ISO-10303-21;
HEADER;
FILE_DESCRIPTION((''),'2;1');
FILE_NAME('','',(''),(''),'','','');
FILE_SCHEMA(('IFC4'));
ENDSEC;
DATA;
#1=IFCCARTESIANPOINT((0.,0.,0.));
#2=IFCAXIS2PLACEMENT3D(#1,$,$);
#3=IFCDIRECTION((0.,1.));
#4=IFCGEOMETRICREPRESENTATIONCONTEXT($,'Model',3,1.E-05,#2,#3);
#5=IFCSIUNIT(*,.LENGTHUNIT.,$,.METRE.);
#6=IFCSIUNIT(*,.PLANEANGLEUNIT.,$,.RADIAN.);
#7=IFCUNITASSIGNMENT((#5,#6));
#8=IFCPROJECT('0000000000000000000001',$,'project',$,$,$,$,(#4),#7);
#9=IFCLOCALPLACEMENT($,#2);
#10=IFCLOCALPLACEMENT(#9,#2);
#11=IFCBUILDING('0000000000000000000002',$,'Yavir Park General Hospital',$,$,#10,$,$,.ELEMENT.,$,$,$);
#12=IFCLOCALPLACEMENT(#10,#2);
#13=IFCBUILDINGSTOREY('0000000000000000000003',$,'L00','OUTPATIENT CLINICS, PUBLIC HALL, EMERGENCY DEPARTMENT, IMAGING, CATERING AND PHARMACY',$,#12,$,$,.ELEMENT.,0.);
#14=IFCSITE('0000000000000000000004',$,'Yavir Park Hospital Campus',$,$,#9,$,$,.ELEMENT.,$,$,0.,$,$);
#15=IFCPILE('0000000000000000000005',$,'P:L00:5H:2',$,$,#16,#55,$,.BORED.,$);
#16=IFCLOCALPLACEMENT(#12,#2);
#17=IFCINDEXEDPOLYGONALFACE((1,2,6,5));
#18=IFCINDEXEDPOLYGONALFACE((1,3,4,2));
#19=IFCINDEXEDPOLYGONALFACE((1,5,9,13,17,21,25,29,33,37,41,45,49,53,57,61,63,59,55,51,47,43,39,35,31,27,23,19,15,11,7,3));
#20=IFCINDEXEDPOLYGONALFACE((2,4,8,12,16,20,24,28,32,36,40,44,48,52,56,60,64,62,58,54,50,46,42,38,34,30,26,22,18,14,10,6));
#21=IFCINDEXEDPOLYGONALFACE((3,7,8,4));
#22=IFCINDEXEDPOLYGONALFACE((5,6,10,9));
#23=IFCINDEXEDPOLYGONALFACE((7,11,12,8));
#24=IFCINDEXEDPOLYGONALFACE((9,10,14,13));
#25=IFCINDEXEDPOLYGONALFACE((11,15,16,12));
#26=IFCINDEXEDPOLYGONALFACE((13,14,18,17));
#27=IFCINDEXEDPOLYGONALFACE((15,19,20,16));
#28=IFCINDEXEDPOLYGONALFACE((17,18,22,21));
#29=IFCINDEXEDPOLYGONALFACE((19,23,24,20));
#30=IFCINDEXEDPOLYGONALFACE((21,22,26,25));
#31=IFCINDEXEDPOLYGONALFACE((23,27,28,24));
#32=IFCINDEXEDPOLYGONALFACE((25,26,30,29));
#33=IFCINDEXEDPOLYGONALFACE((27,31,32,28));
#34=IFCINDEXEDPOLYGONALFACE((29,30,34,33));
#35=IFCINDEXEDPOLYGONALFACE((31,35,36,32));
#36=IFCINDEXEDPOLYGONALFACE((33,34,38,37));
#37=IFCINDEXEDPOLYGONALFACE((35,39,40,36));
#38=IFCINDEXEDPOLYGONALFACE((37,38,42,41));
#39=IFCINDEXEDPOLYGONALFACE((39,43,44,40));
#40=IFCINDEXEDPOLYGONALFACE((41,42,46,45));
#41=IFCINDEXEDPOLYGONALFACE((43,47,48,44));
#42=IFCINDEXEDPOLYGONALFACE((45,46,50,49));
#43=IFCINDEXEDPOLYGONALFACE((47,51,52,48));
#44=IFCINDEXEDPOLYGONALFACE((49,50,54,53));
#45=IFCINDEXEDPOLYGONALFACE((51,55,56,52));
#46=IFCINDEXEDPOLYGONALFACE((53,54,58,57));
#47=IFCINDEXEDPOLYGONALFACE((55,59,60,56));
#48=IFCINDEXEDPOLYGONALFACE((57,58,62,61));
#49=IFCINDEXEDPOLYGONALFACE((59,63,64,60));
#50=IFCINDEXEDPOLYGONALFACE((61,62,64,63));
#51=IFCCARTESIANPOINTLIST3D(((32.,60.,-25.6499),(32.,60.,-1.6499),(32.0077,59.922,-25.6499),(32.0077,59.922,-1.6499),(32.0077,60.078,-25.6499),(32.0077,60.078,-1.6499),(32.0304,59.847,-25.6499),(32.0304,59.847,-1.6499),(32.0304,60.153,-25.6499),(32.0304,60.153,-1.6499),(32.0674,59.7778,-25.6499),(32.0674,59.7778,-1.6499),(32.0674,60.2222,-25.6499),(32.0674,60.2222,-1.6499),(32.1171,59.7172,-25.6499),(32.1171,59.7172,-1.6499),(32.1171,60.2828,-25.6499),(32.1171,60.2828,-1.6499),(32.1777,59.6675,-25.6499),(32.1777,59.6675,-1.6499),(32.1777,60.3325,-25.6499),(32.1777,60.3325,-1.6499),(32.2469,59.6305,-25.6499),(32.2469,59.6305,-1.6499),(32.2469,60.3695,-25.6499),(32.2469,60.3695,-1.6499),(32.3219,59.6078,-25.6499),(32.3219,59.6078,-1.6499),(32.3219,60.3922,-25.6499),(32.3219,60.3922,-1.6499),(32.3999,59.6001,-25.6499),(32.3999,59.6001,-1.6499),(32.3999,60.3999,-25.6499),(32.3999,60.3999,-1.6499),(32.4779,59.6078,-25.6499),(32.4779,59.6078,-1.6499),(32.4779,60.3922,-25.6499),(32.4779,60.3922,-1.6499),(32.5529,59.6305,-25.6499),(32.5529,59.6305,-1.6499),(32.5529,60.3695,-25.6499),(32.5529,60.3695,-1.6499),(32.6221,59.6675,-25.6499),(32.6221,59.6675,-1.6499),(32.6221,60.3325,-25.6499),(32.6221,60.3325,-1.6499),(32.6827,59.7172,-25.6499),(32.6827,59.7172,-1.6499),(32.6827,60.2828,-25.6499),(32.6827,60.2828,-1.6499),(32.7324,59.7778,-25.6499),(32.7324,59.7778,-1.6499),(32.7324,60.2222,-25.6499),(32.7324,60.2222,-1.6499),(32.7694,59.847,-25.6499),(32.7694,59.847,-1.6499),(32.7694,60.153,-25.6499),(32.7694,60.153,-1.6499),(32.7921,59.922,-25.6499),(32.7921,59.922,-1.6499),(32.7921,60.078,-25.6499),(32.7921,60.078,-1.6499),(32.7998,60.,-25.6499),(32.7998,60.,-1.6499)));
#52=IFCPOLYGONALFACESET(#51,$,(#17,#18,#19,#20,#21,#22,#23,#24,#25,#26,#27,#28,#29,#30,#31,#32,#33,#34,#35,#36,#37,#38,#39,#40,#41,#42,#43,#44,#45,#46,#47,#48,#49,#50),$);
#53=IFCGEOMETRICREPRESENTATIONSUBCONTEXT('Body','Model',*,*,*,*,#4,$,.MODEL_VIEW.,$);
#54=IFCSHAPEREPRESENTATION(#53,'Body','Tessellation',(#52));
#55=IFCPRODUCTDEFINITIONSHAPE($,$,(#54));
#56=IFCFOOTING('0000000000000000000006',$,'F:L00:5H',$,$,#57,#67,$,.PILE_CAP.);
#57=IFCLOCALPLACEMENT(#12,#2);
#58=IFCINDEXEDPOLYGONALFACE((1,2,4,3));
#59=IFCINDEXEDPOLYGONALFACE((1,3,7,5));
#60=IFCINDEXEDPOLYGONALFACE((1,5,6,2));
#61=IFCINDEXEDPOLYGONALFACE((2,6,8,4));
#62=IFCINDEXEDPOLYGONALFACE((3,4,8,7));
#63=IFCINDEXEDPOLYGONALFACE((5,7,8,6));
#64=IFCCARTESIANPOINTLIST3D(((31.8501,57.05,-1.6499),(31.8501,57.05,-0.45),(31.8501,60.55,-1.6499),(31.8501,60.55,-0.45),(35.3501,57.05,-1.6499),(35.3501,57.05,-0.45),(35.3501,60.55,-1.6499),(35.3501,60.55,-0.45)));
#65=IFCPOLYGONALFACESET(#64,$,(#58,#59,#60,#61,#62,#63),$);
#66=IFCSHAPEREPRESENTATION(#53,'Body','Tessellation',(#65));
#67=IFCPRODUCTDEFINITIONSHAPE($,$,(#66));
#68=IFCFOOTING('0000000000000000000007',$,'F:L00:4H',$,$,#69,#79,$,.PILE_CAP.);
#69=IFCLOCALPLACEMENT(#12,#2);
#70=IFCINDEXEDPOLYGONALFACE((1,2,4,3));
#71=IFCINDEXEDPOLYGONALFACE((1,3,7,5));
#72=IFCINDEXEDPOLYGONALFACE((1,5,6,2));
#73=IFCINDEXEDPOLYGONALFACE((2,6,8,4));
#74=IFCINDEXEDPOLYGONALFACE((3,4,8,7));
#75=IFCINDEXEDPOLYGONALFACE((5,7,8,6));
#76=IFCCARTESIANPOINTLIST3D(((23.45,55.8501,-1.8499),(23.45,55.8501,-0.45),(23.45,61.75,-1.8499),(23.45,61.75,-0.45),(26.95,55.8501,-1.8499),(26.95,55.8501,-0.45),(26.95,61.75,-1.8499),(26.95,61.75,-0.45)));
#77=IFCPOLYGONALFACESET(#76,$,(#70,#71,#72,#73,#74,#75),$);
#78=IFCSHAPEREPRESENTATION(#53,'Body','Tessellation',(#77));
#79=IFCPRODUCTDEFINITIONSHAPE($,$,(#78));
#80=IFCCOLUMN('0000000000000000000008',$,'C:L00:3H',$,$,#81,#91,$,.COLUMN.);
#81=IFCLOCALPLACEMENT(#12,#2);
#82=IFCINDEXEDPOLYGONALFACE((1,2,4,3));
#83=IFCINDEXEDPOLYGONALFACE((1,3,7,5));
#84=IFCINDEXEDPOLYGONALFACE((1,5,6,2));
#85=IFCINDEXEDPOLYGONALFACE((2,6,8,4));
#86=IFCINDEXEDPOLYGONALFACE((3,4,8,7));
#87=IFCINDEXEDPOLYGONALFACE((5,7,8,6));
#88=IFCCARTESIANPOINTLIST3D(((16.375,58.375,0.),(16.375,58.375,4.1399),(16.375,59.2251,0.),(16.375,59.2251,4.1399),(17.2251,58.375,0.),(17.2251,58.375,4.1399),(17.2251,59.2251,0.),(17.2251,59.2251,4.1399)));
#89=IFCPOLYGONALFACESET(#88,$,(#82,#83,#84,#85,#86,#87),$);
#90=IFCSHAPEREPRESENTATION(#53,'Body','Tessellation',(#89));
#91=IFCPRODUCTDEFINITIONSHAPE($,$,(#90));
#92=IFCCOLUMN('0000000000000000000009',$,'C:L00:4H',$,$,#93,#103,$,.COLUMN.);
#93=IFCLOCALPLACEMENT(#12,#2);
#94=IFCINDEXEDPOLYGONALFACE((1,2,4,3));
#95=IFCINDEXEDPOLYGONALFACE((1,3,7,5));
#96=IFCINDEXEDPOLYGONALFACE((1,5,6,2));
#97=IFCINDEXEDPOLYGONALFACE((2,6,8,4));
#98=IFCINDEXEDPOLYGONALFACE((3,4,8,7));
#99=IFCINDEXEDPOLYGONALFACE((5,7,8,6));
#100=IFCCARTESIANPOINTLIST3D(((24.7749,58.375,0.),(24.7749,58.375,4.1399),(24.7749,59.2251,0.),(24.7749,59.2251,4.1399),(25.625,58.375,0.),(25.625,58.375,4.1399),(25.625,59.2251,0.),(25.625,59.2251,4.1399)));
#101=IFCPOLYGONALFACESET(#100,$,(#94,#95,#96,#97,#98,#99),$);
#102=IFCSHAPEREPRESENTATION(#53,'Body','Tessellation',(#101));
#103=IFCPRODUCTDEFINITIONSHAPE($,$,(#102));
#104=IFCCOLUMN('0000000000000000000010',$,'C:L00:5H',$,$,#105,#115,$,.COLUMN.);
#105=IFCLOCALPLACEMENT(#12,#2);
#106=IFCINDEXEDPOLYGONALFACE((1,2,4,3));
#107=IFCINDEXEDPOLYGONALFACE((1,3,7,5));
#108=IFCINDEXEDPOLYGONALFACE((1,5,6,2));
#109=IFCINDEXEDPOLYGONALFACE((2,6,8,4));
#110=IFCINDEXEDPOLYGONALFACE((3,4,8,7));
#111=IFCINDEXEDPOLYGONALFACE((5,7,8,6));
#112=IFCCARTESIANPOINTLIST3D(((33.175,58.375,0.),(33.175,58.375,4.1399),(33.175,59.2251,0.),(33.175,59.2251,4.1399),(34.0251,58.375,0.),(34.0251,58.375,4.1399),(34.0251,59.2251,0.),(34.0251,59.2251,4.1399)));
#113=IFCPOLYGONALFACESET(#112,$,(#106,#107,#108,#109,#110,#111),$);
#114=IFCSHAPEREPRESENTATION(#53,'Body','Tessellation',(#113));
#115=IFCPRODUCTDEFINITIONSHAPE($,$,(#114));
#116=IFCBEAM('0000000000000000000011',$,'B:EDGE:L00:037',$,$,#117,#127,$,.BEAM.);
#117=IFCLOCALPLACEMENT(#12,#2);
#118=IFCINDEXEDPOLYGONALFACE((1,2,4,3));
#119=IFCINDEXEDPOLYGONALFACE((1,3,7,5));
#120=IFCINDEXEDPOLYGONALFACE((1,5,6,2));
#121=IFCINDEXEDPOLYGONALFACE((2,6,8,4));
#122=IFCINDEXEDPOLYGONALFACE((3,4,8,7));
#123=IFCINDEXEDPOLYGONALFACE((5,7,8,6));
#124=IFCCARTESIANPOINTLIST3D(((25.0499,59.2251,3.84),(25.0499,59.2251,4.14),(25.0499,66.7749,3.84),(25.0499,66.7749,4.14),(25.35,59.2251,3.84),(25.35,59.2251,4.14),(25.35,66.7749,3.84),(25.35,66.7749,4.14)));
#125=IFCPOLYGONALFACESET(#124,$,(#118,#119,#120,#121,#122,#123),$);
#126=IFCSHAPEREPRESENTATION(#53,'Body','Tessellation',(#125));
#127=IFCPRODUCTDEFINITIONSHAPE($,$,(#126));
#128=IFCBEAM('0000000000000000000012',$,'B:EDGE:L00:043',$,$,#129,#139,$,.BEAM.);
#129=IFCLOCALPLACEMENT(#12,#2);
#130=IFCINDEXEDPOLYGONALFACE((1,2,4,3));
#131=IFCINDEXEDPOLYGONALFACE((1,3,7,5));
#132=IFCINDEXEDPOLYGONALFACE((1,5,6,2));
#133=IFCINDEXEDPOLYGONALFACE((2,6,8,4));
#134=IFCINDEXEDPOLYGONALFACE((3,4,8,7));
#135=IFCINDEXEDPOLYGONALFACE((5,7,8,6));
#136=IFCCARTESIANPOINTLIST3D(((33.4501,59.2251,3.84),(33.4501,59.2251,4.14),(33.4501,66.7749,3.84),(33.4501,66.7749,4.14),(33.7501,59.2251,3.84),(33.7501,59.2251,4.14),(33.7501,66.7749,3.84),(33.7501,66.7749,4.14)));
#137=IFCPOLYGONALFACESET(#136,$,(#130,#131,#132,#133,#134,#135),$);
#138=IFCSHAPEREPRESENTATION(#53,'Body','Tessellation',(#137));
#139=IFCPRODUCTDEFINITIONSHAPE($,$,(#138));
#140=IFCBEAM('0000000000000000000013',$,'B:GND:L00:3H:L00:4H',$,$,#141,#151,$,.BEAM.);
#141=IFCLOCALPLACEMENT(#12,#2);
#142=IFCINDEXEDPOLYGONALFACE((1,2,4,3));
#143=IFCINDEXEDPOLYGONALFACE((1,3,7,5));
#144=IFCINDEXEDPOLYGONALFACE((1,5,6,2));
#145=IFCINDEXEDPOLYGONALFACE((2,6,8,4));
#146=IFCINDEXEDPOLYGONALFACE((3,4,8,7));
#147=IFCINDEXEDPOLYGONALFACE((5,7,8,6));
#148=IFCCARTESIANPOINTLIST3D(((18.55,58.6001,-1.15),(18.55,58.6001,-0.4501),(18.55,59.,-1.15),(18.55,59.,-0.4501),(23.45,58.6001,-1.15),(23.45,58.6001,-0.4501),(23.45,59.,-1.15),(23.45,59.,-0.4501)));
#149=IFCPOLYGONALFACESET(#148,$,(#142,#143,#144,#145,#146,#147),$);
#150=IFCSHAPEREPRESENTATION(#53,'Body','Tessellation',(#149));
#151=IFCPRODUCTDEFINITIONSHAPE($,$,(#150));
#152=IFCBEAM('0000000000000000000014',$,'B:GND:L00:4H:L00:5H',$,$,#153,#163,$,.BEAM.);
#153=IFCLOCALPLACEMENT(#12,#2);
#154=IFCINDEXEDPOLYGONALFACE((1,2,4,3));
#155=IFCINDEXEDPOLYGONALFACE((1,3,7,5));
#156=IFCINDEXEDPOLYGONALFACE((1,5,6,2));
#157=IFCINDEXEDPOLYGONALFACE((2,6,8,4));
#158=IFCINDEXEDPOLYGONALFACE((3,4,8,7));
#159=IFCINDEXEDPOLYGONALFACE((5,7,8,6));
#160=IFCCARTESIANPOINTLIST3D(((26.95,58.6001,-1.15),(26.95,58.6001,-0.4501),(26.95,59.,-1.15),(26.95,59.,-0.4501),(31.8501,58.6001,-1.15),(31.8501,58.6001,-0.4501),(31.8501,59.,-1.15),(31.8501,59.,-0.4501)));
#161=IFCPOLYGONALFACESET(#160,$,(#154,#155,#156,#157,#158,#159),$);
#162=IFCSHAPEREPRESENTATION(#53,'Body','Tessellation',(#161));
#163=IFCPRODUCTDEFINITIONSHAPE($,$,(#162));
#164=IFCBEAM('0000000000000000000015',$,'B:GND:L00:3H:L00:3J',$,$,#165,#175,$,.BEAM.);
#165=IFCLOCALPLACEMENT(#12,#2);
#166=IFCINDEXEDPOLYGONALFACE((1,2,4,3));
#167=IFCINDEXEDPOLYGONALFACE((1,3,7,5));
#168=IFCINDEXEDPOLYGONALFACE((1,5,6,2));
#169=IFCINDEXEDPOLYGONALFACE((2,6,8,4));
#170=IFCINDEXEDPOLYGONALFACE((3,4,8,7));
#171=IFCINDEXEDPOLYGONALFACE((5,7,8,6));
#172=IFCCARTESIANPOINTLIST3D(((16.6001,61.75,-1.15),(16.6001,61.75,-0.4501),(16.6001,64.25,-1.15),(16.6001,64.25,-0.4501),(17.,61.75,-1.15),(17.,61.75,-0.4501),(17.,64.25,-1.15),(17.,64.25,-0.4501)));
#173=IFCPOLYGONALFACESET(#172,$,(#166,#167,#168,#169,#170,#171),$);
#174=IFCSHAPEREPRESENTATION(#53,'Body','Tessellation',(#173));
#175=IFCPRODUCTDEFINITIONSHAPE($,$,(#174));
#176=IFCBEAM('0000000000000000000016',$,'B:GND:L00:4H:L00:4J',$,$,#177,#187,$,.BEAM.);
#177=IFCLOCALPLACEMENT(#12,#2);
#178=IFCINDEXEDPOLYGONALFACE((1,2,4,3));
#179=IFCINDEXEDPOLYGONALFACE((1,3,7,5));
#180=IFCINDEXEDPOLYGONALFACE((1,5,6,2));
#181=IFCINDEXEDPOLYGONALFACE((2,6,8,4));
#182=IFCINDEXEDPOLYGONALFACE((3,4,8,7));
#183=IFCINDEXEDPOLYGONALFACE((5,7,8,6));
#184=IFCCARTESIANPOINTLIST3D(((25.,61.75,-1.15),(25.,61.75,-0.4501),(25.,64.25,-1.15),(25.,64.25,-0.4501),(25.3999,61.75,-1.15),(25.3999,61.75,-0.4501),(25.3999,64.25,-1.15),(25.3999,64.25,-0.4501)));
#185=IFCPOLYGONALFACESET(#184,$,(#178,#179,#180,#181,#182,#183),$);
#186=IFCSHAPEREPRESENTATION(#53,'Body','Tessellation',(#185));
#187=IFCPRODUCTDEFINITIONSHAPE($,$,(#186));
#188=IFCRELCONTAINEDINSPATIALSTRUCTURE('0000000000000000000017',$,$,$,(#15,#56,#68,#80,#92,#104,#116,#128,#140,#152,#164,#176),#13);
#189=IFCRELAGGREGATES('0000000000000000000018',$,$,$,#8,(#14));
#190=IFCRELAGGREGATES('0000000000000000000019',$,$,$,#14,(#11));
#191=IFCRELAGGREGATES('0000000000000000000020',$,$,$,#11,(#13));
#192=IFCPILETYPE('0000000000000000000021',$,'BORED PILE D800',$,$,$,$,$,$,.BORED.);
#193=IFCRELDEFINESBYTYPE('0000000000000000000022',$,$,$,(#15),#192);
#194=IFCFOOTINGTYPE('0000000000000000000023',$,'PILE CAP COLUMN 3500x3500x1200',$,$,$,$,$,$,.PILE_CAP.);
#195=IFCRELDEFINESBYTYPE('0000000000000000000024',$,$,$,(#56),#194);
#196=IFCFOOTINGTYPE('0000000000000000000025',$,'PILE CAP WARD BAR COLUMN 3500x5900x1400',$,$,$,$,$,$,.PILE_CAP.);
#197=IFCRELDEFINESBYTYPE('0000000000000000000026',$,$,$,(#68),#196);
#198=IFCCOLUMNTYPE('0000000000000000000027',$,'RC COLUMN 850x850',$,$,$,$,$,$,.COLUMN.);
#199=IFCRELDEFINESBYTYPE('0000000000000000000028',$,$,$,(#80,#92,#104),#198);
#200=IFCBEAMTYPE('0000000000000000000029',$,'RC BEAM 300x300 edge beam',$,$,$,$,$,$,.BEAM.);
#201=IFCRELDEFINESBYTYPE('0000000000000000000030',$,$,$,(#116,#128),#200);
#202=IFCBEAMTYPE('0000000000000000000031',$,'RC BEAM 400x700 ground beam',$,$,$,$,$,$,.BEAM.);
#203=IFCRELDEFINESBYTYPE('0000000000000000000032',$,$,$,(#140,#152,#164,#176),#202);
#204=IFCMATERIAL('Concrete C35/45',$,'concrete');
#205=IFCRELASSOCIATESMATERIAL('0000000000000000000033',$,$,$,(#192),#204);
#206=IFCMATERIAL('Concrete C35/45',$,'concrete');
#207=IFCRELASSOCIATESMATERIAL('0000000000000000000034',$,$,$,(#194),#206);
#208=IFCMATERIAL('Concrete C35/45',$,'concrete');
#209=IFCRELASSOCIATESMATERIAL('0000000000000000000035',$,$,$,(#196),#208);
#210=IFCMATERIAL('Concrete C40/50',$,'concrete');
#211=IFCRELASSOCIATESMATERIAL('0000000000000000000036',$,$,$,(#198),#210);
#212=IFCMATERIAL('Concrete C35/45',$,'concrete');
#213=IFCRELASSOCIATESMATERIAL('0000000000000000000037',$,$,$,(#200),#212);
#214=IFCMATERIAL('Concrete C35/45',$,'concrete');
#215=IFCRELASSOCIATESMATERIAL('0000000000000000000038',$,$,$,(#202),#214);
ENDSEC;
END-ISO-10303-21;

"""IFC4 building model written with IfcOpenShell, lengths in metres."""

from ifc_helpers import new_model, si_unit, direction, frame, origin, origin_2d, place, context, subcontext, project, spatial, rectangle, circle, extrude, material, material_profile, profile_set, type_object, element, save


model = new_model("IFC4")

# Units and contexts
model_context = context("Model", 3, precision=1e-05, world=origin(), true_north=direction((0.0, 1.0)))
body_context = subcontext(model_context, "Body", "Model", "MODEL_VIEW")
ifc_project = project(units=[si_unit("LENGTHUNIT", "METRE"), si_unit("PLANEANGLEUNIT", "RADIAN")], contexts=[model_context])

# Site, building, storey
site_placement = place(None, origin())
site = spatial("IfcSite", under=ifc_project, at=site_placement, Name="Yavir Park Hospital Campus", CompositionType="ELEMENT", RefElevation=0.0)
building_placement = place(site_placement, origin())
building = spatial("IfcBuilding", under=site, at=building_placement, Name="Yavir Park General Hospital", CompositionType="ELEMENT")
storey_placement = place(building_placement, origin())
storey = spatial("IfcBuildingStorey", under=building, at=storey_placement, Name="L00", Description="OUTPATIENT CLINICS, PUBLIC HALL, EMERGENCY DEPARTMENT, IMAGING, CATERING AND PHARMACY", CompositionType="ELEMENT", Elevation=0.0)

# Pile
ifc_material_1 = material(Name="Concrete C35/45", Category="concrete")
ifc_material_profile_1 = material_profile(ifc_material_1, circle(Radius=0.3999, at=origin_2d()), Name="D800")
ifc_profile_set_1 = profile_set([ifc_material_profile_1], Name="Concrete C35/45")
pile_type = type_object("IfcPileType", Name="BORED PILE D800", PredefinedType="BORED", material=ifc_profile_set_1)
for number, where, z_axis, x_axis, name in (
    (1, (32.3999, 60.0, -1.6499), (0.0, 0.0, -1.0), (1.0, 0.0, 0.0), "P:L00:5H:2"),
):
    element("IfcPile", number, at=place(storey_placement, frame(where, z_axis=z_axis, x_axis=x_axis)), inside=storey, type_object=pile_type, Name=name, PredefinedType="BORED", context=body_context, shape_type="SweptSolid", body=[
        extrude(circle(Radius=0.3999, at=origin_2d()), origin(), (0.0, 0.0, 1.0), 24.0),
    ])

# Footings
ifc_material_2 = material(Name="Concrete C35/45", Category="concrete")
footing_type_1 = type_object("IfcFootingType", Name="PILE CAP COLUMN 3500x3500x1200", PredefinedType="PILE_CAP", material=ifc_material_2)
footing_1_placement = place(storey_placement, frame((33.6001, 58.8, -1.6499), z_axis=(0.0, 0.0, 1.0), x_axis=(1.0, 0.0, 0.0)))
element("IfcFooting", 2, at=footing_1_placement, inside=storey, type_object=footing_type_1, Name="F:L00:5H", PredefinedType="PILE_CAP", context=body_context, shape_type="SweptSolid", body=[
    extrude(rectangle(XDim=3.5, YDim=3.5, at=origin_2d()), origin(), (0.0, 0.0, 1.0), 1.2),
])
ifc_material_3 = material(Name="Concrete C35/45", Category="concrete")
footing_type_2 = type_object("IfcFootingType", Name="PILE CAP WARD BAR COLUMN 3500x5900x1400", PredefinedType="PILE_CAP", material=ifc_material_3)
footing_2_placement = place(storey_placement, frame((25.2, 58.8, -1.8499), z_axis=(0.0, 0.0, 1.0), x_axis=(1.0, 0.0, 0.0)))
element("IfcFooting", 3, at=footing_2_placement, inside=storey, type_object=footing_type_2, Name="F:L00:4H", PredefinedType="PILE_CAP", context=body_context, shape_type="SweptSolid", body=[
    extrude(rectangle(XDim=3.5, YDim=5.8999, at=origin_2d()), origin(), (0.0, 0.0, 1.0), 1.3999),
])

# Columns
ifc_material_4 = material(Name="Concrete C40/50", Category="concrete")
ifc_material_profile_2 = material_profile(ifc_material_4, rectangle(XDim=0.8501, YDim=0.8501, at=origin_2d()), Name="RC850x850")
ifc_profile_set_2 = profile_set([ifc_material_profile_2], Name="Concrete C40/50")
column_type = type_object("IfcColumnType", Name="RC COLUMN 850x850", PredefinedType="COLUMN", material=ifc_profile_set_2)
for number, where, z_axis, x_axis, name in (
    (4, (16.8, 58.8, 0.0), (0.0, 0.0, 1.0), (1.0, 0.0, 0.0), "C:L00:3H"),
    (5, (25.2, 58.8, 0.0), (0.0, 0.0, 1.0), (1.0, 0.0, 0.0), "C:L00:4H"),
    (6, (33.6001, 58.8, 0.0), (0.0, 0.0, 1.0), (1.0, 0.0, 0.0), "C:L00:5H"),
):
    element("IfcColumn", number, at=place(storey_placement, frame(where, z_axis=z_axis, x_axis=x_axis)), inside=storey, type_object=column_type, Name=name, PredefinedType="COLUMN", context=body_context, shape_type="SweptSolid", body=[
        extrude(rectangle(XDim=0.8501, YDim=0.8501, at=origin_2d()), origin(), (0.0, 0.0, 1.0), 4.1399),
    ])

# Beams
ifc_material_5 = material(Name="Concrete C35/45", Category="concrete")
ifc_material_profile_3 = material_profile(ifc_material_5, rectangle(XDim=0.3, YDim=0.3, at=origin_2d()), Name="RC300x300")
ifc_profile_set_3 = profile_set([ifc_material_profile_3], Name="Concrete C35/45")
beam_type_1 = type_object("IfcBeamType", Name="RC BEAM 300x300 edge beam", PredefinedType="BEAM", material=ifc_profile_set_3)
for number, where, z_axis, x_axis, name in (
    (7, (25.2, 59.2251, 3.99), (0.0, 1.0, 0.0), (-1.0, 0.0, 0.0), "B:EDGE:L00:037"),
    (8, (33.6001, 59.2251, 3.99), (0.0, 1.0, 0.0), (-1.0, 0.0, 0.0), "B:EDGE:L00:043"),
):
    element("IfcBeam", number, at=place(storey_placement, frame(where, z_axis=z_axis, x_axis=x_axis)), inside=storey, type_object=beam_type_1, Name=name, PredefinedType="BEAM", context=body_context, shape_type="SweptSolid", body=[
        extrude(rectangle(XDim=0.3, YDim=0.3, at=origin_2d()), origin(), (0.0, 0.0, 1.0), 7.5498),
    ])
ifc_material_6 = material(Name="Concrete C35/45", Category="concrete")
ifc_material_profile_4 = material_profile(ifc_material_6, rectangle(XDim=0.3999, YDim=0.7, at=origin_2d()), Name="RC400x700")
ifc_profile_set_4 = profile_set([ifc_material_profile_4], Name="Concrete C35/45")
beam_type_2 = type_object("IfcBeamType", Name="RC BEAM 400x700 ground beam", PredefinedType="BEAM", material=ifc_profile_set_4)
beam_1_placement = place(storey_placement, frame((18.55, 58.8, -0.8), z_axis=(1.0, 0.0, 0.0), x_axis=(0.0, 1.0, 0.0)))
element("IfcBeam", 9, at=beam_1_placement, inside=storey, type_object=beam_type_2, Name="B:GND:L00:3H:L00:4H", PredefinedType="BEAM", context=body_context, shape_type="SweptSolid", body=[
    extrude(rectangle(XDim=0.3999, YDim=0.7, at=origin_2d()), origin(), (0.0, 0.0, 1.0), 4.8999),
])
beam_2_placement = place(storey_placement, frame((26.95, 58.8, -0.8), z_axis=(1.0, 0.0, 0.0), x_axis=(0.0, 1.0, 0.0)))
element("IfcBeam", 10, at=beam_2_placement, inside=storey, type_object=beam_type_2, Name="B:GND:L00:4H:L00:5H", PredefinedType="BEAM", context=body_context, shape_type="SweptSolid", body=[
    extrude(rectangle(XDim=0.3999, YDim=0.7, at=origin_2d()), origin(), (0.0, 0.0, 1.0), 4.9001),
])
for number, where, z_axis, x_axis, name in (
    (11, (16.8, 61.75, -0.8), (0.0, 1.0, 0.0), (-1.0, 0.0, 0.0), "B:GND:L00:3H:L00:3J"),
    (12, (25.2, 61.75, -0.8), (0.0, 1.0, 0.0), (-1.0, 0.0, 0.0), "B:GND:L00:4H:L00:4J"),
):
    element("IfcBeam", number, at=place(storey_placement, frame(where, z_axis=z_axis, x_axis=x_axis)), inside=storey, type_object=beam_type_2, Name=name, PredefinedType="BEAM", context=body_context, shape_type="SweptSolid", body=[
        extrude(rectangle(XDim=0.3999, YDim=0.7, at=origin_2d()), origin(), (0.0, 0.0, 1.0), 2.5),
    ])

save(model, "model.ifc")
